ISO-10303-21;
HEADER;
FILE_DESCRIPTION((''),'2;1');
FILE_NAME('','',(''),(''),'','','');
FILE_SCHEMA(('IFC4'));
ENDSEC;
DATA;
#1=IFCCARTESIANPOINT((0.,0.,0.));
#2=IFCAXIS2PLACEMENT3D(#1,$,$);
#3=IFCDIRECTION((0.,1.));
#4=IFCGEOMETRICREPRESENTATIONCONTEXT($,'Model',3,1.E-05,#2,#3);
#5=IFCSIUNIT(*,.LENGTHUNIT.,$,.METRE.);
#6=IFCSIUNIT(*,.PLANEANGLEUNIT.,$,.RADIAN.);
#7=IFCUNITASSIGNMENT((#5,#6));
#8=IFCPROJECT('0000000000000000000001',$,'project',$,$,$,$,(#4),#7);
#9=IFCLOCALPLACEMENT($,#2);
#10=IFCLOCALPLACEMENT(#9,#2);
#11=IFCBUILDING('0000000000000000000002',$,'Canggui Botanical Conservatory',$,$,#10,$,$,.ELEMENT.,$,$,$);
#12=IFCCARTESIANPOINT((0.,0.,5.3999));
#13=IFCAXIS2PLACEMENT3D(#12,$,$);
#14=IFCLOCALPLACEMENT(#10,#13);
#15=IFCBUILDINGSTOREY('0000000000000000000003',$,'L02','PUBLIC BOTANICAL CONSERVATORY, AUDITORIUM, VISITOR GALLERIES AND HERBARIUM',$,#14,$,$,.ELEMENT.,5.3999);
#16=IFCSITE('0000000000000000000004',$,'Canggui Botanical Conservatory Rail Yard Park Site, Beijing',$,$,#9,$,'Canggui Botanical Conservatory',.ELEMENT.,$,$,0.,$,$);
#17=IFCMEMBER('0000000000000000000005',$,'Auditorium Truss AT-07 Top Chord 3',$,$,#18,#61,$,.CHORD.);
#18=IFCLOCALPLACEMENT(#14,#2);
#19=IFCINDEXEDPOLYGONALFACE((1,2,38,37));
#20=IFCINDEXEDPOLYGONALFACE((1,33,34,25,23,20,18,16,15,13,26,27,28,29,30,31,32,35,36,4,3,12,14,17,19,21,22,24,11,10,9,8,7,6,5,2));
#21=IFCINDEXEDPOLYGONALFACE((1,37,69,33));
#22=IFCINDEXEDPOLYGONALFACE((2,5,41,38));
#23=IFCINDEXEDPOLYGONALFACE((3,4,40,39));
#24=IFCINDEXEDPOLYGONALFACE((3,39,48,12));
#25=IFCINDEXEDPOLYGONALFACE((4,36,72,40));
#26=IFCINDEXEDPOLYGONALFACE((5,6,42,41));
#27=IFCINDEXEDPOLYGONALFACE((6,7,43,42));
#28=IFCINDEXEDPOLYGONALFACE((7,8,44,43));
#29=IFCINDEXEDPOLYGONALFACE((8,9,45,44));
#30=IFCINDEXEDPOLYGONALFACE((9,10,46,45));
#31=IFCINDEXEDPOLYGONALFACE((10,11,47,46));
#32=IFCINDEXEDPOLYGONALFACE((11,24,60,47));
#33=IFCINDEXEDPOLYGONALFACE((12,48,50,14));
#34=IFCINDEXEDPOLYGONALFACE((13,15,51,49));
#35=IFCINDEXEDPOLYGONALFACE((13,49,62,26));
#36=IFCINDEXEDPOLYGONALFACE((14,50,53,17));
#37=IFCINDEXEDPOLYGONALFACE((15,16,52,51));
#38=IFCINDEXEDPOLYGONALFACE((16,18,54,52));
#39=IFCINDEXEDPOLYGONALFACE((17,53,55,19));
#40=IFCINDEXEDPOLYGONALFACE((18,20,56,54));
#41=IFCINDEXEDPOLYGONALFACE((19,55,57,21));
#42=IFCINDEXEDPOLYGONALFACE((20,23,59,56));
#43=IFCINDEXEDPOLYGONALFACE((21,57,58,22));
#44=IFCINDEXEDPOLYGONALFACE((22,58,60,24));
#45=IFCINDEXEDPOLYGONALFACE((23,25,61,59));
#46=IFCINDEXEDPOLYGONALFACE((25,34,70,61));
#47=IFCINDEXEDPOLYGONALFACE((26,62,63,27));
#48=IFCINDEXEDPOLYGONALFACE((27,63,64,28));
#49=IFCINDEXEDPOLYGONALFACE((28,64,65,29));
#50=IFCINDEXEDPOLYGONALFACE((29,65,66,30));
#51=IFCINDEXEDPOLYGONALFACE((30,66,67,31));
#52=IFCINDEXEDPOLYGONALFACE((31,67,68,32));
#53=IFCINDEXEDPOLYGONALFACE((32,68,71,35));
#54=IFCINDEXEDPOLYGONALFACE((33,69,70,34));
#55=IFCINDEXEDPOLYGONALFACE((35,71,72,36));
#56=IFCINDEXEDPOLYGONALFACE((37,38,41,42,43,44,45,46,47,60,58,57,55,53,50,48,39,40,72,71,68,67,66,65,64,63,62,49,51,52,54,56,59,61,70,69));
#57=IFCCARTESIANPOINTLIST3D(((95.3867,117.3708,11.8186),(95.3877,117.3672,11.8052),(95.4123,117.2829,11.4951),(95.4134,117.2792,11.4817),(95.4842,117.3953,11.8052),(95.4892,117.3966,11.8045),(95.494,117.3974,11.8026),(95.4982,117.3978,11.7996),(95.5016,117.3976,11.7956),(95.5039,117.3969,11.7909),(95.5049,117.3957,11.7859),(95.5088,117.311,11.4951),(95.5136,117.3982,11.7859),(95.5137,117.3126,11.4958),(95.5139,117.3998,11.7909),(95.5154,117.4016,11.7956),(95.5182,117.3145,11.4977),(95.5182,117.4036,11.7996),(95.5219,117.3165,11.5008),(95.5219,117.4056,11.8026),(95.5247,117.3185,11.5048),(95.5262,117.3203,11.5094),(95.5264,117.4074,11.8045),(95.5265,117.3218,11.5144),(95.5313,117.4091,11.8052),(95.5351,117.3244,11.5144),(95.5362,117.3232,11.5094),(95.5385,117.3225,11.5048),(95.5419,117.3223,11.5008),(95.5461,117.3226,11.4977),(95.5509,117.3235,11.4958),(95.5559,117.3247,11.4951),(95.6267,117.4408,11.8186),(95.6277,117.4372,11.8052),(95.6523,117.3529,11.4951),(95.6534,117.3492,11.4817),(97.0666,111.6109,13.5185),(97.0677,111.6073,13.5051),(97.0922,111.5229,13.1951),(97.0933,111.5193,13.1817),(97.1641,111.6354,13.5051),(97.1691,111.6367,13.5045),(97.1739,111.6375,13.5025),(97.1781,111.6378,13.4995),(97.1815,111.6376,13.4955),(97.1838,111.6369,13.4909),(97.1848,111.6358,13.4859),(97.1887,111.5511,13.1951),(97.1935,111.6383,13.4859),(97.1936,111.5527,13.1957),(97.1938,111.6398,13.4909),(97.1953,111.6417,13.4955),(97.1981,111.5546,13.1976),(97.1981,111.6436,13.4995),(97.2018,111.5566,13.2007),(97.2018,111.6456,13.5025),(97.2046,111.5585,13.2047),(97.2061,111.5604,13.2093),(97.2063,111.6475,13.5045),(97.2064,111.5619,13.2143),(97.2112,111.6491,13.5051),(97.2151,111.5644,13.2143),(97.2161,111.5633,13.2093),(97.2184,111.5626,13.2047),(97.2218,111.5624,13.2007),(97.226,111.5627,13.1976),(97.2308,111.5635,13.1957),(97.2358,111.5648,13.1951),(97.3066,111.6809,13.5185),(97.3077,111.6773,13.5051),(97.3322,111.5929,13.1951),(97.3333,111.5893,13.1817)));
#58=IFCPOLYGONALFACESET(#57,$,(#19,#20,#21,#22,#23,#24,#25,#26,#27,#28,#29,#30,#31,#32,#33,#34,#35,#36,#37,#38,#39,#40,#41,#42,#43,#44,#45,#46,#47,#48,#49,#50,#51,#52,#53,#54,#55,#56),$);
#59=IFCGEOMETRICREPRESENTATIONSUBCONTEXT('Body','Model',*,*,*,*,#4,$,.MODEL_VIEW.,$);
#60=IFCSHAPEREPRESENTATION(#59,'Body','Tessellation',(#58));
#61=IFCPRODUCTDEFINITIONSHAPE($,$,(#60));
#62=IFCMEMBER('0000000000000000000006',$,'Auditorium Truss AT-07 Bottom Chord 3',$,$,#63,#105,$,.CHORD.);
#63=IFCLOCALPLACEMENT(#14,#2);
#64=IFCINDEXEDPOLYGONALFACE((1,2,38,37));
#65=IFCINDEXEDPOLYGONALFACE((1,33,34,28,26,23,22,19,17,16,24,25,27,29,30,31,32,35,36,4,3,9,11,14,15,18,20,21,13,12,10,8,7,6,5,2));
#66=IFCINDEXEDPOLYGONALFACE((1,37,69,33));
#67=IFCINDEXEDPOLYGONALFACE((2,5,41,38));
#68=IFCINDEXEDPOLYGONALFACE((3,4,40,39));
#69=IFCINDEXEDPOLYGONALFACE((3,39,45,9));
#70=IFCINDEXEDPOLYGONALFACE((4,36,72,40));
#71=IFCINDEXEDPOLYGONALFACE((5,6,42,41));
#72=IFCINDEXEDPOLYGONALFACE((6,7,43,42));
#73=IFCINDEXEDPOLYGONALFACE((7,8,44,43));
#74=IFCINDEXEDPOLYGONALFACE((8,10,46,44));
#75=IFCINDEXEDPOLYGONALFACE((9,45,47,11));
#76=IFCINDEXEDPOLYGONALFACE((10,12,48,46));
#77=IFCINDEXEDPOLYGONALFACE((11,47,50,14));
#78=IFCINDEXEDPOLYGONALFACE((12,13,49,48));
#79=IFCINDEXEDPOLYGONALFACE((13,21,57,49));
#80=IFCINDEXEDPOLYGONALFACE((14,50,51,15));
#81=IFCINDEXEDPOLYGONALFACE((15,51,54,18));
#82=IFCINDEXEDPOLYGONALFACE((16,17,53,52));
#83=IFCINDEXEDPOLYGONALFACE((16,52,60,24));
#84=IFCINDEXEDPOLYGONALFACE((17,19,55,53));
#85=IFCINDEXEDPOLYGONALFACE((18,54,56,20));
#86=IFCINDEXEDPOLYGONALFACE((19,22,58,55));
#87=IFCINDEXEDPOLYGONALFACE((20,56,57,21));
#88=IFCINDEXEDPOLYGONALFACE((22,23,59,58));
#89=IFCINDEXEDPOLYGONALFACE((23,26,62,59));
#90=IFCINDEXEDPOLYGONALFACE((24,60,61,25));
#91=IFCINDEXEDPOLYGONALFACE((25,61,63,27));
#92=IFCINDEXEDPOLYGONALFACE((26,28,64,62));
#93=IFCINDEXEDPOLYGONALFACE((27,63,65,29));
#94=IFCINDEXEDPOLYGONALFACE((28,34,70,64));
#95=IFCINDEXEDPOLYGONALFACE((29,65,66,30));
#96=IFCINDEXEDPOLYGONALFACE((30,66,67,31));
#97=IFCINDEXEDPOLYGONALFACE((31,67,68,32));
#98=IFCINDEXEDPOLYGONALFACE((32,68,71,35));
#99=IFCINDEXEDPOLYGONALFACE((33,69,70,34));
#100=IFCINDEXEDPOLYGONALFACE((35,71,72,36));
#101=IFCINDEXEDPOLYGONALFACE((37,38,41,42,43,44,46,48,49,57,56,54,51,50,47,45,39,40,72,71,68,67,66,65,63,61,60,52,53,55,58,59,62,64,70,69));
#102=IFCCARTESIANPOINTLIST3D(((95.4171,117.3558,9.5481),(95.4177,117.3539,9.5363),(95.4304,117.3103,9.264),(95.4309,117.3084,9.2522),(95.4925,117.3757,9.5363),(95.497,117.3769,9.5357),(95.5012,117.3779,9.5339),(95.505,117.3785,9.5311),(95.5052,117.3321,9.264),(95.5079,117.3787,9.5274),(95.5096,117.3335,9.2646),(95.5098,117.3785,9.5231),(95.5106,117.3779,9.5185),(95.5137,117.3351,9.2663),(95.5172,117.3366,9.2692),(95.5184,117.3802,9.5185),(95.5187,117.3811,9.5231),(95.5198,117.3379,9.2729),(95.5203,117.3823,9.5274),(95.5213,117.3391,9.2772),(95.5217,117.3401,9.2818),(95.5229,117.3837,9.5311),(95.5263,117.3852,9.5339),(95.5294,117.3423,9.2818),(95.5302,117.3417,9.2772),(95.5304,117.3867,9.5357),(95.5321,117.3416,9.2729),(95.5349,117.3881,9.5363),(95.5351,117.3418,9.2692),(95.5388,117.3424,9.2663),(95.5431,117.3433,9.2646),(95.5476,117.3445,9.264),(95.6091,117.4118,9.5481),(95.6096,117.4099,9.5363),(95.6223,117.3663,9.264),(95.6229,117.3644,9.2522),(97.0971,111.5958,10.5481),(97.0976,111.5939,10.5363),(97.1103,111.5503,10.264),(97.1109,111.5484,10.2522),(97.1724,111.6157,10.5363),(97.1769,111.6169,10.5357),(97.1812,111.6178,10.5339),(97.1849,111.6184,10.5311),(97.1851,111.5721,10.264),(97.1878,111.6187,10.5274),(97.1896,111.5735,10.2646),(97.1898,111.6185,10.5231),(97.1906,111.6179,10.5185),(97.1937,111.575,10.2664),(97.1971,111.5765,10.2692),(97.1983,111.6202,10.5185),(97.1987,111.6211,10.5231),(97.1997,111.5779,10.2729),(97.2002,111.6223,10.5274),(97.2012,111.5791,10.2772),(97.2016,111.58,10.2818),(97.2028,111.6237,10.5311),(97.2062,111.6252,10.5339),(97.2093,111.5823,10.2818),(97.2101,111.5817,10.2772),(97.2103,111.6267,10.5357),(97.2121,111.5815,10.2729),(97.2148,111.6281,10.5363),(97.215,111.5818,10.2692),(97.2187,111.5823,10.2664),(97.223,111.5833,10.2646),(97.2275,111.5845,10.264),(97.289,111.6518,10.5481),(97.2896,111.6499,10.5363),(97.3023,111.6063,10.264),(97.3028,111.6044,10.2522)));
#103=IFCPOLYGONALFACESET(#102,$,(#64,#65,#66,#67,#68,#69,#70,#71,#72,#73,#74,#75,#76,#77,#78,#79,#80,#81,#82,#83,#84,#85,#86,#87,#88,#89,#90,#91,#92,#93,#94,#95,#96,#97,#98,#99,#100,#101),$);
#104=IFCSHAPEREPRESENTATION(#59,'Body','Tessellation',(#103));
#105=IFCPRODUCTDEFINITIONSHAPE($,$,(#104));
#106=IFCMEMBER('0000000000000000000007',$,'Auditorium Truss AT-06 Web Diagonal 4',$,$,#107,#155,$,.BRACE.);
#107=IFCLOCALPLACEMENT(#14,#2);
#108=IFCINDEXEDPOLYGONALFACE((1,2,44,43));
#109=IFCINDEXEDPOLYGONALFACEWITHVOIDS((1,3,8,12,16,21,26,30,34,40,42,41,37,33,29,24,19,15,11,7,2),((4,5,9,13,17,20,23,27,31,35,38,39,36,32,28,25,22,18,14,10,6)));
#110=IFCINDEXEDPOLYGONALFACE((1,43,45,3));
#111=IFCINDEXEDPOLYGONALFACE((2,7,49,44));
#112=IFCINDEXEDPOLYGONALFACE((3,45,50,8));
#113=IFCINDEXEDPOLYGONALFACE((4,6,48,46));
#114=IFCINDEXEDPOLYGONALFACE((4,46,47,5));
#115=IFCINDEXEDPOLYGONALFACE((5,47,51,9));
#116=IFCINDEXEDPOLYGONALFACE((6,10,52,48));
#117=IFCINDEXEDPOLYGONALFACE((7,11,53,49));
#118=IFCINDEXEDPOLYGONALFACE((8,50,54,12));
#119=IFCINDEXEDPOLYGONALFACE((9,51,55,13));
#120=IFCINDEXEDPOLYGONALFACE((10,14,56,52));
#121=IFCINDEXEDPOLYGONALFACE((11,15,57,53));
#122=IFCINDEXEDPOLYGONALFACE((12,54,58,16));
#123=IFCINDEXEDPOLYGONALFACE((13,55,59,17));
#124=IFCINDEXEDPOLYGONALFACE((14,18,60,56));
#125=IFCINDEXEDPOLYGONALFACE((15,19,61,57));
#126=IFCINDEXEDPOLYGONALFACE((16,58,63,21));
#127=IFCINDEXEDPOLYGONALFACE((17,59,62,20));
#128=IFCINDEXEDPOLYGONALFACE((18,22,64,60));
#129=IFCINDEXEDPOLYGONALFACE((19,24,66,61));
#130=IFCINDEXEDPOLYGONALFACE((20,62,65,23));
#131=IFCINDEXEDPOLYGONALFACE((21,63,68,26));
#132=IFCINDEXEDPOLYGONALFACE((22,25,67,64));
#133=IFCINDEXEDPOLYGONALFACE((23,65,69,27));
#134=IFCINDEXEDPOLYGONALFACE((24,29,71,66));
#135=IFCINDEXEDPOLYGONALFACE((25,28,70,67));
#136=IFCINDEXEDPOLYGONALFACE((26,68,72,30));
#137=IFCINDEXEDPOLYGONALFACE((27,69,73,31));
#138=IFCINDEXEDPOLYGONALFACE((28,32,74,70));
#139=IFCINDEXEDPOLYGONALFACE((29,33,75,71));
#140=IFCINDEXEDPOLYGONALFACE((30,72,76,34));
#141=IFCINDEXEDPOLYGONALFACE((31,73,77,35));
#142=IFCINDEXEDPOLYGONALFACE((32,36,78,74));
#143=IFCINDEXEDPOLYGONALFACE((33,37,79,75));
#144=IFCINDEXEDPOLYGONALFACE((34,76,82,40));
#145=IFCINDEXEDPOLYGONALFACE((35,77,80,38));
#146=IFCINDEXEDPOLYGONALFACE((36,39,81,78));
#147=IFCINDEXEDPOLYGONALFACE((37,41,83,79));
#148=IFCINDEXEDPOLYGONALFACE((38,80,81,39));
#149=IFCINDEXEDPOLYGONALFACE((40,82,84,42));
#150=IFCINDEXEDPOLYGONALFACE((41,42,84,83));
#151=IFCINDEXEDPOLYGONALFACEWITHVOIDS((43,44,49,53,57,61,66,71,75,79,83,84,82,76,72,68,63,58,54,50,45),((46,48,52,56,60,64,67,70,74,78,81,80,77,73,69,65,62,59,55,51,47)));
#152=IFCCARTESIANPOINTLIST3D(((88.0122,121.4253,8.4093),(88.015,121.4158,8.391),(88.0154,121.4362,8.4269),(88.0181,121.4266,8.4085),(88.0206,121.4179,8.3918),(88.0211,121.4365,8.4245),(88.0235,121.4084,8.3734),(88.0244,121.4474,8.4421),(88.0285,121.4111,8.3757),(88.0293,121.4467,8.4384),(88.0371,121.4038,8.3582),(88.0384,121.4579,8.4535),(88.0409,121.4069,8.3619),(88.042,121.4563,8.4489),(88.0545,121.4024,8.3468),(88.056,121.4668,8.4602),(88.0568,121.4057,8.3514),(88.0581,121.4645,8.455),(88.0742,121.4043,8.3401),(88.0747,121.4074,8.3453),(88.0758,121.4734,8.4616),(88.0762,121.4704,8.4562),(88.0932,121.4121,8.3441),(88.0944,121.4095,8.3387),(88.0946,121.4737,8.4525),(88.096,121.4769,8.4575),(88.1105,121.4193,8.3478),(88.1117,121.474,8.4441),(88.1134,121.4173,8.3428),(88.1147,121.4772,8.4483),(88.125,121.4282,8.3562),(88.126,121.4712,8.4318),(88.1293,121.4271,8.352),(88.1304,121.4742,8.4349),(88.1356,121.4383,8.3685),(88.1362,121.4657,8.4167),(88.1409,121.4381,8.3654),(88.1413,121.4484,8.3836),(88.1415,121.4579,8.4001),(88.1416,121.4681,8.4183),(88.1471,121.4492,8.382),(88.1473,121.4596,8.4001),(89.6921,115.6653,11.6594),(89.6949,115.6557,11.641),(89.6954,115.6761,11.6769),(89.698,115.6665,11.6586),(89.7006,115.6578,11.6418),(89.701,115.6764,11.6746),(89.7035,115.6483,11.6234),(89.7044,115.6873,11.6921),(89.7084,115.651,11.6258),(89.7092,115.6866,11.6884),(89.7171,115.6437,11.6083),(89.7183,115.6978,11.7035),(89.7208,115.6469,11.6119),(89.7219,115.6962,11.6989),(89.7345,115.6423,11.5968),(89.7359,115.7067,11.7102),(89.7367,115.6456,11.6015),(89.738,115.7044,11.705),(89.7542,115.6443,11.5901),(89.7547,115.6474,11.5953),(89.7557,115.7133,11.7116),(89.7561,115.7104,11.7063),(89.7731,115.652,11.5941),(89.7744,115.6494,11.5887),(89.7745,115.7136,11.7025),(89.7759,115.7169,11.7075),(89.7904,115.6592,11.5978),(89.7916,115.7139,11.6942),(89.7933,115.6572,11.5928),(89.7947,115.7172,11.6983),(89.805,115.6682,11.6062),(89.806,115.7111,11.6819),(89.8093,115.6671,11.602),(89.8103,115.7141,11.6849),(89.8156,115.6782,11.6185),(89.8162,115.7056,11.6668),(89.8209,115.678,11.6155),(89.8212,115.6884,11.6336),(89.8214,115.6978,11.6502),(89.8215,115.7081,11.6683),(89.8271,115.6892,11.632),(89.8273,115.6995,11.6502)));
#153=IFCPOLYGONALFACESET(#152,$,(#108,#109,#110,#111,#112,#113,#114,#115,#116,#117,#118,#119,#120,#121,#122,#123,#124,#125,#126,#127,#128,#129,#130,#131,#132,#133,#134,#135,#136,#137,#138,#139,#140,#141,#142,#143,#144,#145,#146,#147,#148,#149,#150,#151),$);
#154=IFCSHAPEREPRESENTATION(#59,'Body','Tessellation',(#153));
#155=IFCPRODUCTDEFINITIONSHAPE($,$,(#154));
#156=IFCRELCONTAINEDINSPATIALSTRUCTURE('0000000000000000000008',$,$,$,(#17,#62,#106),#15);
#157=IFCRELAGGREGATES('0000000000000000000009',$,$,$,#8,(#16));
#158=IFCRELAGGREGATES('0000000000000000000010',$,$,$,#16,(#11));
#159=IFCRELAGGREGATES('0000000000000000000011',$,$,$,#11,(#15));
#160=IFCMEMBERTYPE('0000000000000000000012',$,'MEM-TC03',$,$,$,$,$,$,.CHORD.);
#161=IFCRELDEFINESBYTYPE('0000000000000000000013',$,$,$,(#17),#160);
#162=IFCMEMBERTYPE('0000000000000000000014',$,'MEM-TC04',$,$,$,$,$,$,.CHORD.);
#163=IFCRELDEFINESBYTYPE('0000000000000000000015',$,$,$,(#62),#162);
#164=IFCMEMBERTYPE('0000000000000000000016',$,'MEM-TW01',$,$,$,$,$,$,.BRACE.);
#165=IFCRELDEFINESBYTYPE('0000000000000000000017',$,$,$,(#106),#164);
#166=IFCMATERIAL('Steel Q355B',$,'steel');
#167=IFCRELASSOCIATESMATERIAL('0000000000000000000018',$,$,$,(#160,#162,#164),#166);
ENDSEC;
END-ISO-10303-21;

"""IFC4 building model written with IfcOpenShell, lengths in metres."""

from ifc_helpers import new_model, si_unit, direction, frame, origin, origin_2d, place, context, subcontext, project, spatial, hollow_circle, i_section, extrude, material, material_profile, profile_set, type_object, element, save


model = new_model("IFC4")

# Units and contexts
model_context = context("Model", 3, precision=1e-05, world=origin(), true_north=direction((0.0, 1.0)))
body_context = subcontext(model_context, "Body", "Model", "MODEL_VIEW")
ifc_project = project(units=[si_unit("LENGTHUNIT", "METRE"), si_unit("PLANEANGLEUNIT", "RADIAN")], contexts=[model_context])

# Site, building, storey
site_placement = place(None, origin())
site = spatial("IfcSite", under=ifc_project, at=site_placement, Name="Canggui Botanical Conservatory Rail Yard Park Site, Beijing", LongName="Canggui Botanical Conservatory", CompositionType="ELEMENT", RefElevation=0.0)
building_placement = place(site_placement, origin())
building = spatial("IfcBuilding", under=site, at=building_placement, Name="Canggui Botanical Conservatory", CompositionType="ELEMENT")
storey_placement = place(building_placement, frame((0.0, 0.0, 5.3999)))
storey = spatial("IfcBuildingStorey", under=building, at=storey_placement, Name="L02", Description="PUBLIC BOTANICAL CONSERVATORY, AUDITORIUM, VISITOR GALLERIES AND HERBARIUM", CompositionType="ELEMENT", Elevation=5.3999)

# Shared definitions
ifc_material_1 = material(Name="Steel Q355B", Category="steel")

# Members
ifc_material_profile_1 = material_profile(ifc_material_1, i_section(OverallWidth=0.25, OverallDepth=0.3501, WebThickness=0.009, FlangeThickness=0.0139, FilletRadius=0.02, at=origin_2d()), Name="HM 350x250x9x14")
ifc_profile_set_1 = profile_set([ifc_material_profile_1], Name="Steel Q355B")
member_type_1 = type_object("IfcMemberType", Name="MEM-TC03", PredefinedType="CHORD", material=ifc_profile_set_1)
member_1_placement = place(storey_placement, frame((97.2, 111.6001, 13.3501), z_axis=(-0.269386, 0.923647, -0.272596), x_axis=(-0.960003, -0.279989, 0.0)))
element("IfcMember", 1, at=member_1_placement, inside=storey, type_object=member_type_1, Name="Auditorium Truss AT-07 Top Chord 3", PredefinedType="CHORD", context=body_context, shape_type="SweptSolid", body=[
    extrude(i_section(OverallWidth=0.25, OverallDepth=0.3501, WebThickness=0.009, FlangeThickness=0.0139, FilletRadius=0.02, at=origin_2d()), origin(), (0.0, 0.0, 1.0), 6.2361),
])
ifc_material_profile_2 = material_profile(ifc_material_1, i_section(OverallWidth=0.2, OverallDepth=0.3, WebThickness=0.0081, FlangeThickness=0.012, FilletRadius=0.0181, at=origin_2d()), Name="HM 300x200x8x12")
ifc_profile_set_2 = profile_set([ifc_material_profile_2], Name="Steel Q355B")
member_type_2 = type_object("IfcMemberType", Name="MEM-TC04", PredefinedType="CHORD", material=ifc_profile_set_2)
member_2_placement = place(storey_placement, frame((97.2, 111.6001, 10.4001), z_axis=(-0.276179, 0.946941, -0.164399), x_axis=(-0.960003, -0.279989, 0.0)))
element("IfcMember", 2, at=member_2_placement, inside=storey, type_object=member_type_2, Name="Auditorium Truss AT-07 Bottom Chord 3", PredefinedType="CHORD", context=body_context, shape_type="SweptSolid", body=[
    extrude(i_section(OverallWidth=0.2, OverallDepth=0.3, WebThickness=0.0081, FlangeThickness=0.012, FilletRadius=0.0181, at=origin_2d()), origin(), (0.0, 0.0, 1.0), 6.0828),
])
ifc_material_profile_3 = material_profile(ifc_material_1, hollow_circle(Radius=0.0701, WallThickness=0.0061, at=origin_2d()), Name="CHS 140x6")
ifc_profile_set_3 = profile_set([ifc_material_profile_3], Name="Steel Q355B")
member_type_3 = type_object("IfcMemberType", Name="MEM-TW01", PredefinedType="BRACE", material=ifc_profile_set_3)
for number, where, z_axis, x_axis, name in (
    (3, (88.0801, 121.4399, 8.4001), (0.246192, -0.844123, 0.476284), (0.960003, 0.279989, 0.0), "Auditorium Truss AT-06 Web Diagonal 4"),
):
    element("IfcMember", number, at=place(storey_placement, frame(where, z_axis=z_axis, x_axis=x_axis)), inside=storey, type_object=member_type_3, Name=name, PredefinedType="BRACE", context=body_context, shape_type="SweptSolid", body=[
        extrude(hollow_circle(Radius=0.0701, WallThickness=0.0061, at=origin_2d()), origin(), (0.0, 0.0, 1.0), 6.8237),
    ])

save(model, "model.ifc")
